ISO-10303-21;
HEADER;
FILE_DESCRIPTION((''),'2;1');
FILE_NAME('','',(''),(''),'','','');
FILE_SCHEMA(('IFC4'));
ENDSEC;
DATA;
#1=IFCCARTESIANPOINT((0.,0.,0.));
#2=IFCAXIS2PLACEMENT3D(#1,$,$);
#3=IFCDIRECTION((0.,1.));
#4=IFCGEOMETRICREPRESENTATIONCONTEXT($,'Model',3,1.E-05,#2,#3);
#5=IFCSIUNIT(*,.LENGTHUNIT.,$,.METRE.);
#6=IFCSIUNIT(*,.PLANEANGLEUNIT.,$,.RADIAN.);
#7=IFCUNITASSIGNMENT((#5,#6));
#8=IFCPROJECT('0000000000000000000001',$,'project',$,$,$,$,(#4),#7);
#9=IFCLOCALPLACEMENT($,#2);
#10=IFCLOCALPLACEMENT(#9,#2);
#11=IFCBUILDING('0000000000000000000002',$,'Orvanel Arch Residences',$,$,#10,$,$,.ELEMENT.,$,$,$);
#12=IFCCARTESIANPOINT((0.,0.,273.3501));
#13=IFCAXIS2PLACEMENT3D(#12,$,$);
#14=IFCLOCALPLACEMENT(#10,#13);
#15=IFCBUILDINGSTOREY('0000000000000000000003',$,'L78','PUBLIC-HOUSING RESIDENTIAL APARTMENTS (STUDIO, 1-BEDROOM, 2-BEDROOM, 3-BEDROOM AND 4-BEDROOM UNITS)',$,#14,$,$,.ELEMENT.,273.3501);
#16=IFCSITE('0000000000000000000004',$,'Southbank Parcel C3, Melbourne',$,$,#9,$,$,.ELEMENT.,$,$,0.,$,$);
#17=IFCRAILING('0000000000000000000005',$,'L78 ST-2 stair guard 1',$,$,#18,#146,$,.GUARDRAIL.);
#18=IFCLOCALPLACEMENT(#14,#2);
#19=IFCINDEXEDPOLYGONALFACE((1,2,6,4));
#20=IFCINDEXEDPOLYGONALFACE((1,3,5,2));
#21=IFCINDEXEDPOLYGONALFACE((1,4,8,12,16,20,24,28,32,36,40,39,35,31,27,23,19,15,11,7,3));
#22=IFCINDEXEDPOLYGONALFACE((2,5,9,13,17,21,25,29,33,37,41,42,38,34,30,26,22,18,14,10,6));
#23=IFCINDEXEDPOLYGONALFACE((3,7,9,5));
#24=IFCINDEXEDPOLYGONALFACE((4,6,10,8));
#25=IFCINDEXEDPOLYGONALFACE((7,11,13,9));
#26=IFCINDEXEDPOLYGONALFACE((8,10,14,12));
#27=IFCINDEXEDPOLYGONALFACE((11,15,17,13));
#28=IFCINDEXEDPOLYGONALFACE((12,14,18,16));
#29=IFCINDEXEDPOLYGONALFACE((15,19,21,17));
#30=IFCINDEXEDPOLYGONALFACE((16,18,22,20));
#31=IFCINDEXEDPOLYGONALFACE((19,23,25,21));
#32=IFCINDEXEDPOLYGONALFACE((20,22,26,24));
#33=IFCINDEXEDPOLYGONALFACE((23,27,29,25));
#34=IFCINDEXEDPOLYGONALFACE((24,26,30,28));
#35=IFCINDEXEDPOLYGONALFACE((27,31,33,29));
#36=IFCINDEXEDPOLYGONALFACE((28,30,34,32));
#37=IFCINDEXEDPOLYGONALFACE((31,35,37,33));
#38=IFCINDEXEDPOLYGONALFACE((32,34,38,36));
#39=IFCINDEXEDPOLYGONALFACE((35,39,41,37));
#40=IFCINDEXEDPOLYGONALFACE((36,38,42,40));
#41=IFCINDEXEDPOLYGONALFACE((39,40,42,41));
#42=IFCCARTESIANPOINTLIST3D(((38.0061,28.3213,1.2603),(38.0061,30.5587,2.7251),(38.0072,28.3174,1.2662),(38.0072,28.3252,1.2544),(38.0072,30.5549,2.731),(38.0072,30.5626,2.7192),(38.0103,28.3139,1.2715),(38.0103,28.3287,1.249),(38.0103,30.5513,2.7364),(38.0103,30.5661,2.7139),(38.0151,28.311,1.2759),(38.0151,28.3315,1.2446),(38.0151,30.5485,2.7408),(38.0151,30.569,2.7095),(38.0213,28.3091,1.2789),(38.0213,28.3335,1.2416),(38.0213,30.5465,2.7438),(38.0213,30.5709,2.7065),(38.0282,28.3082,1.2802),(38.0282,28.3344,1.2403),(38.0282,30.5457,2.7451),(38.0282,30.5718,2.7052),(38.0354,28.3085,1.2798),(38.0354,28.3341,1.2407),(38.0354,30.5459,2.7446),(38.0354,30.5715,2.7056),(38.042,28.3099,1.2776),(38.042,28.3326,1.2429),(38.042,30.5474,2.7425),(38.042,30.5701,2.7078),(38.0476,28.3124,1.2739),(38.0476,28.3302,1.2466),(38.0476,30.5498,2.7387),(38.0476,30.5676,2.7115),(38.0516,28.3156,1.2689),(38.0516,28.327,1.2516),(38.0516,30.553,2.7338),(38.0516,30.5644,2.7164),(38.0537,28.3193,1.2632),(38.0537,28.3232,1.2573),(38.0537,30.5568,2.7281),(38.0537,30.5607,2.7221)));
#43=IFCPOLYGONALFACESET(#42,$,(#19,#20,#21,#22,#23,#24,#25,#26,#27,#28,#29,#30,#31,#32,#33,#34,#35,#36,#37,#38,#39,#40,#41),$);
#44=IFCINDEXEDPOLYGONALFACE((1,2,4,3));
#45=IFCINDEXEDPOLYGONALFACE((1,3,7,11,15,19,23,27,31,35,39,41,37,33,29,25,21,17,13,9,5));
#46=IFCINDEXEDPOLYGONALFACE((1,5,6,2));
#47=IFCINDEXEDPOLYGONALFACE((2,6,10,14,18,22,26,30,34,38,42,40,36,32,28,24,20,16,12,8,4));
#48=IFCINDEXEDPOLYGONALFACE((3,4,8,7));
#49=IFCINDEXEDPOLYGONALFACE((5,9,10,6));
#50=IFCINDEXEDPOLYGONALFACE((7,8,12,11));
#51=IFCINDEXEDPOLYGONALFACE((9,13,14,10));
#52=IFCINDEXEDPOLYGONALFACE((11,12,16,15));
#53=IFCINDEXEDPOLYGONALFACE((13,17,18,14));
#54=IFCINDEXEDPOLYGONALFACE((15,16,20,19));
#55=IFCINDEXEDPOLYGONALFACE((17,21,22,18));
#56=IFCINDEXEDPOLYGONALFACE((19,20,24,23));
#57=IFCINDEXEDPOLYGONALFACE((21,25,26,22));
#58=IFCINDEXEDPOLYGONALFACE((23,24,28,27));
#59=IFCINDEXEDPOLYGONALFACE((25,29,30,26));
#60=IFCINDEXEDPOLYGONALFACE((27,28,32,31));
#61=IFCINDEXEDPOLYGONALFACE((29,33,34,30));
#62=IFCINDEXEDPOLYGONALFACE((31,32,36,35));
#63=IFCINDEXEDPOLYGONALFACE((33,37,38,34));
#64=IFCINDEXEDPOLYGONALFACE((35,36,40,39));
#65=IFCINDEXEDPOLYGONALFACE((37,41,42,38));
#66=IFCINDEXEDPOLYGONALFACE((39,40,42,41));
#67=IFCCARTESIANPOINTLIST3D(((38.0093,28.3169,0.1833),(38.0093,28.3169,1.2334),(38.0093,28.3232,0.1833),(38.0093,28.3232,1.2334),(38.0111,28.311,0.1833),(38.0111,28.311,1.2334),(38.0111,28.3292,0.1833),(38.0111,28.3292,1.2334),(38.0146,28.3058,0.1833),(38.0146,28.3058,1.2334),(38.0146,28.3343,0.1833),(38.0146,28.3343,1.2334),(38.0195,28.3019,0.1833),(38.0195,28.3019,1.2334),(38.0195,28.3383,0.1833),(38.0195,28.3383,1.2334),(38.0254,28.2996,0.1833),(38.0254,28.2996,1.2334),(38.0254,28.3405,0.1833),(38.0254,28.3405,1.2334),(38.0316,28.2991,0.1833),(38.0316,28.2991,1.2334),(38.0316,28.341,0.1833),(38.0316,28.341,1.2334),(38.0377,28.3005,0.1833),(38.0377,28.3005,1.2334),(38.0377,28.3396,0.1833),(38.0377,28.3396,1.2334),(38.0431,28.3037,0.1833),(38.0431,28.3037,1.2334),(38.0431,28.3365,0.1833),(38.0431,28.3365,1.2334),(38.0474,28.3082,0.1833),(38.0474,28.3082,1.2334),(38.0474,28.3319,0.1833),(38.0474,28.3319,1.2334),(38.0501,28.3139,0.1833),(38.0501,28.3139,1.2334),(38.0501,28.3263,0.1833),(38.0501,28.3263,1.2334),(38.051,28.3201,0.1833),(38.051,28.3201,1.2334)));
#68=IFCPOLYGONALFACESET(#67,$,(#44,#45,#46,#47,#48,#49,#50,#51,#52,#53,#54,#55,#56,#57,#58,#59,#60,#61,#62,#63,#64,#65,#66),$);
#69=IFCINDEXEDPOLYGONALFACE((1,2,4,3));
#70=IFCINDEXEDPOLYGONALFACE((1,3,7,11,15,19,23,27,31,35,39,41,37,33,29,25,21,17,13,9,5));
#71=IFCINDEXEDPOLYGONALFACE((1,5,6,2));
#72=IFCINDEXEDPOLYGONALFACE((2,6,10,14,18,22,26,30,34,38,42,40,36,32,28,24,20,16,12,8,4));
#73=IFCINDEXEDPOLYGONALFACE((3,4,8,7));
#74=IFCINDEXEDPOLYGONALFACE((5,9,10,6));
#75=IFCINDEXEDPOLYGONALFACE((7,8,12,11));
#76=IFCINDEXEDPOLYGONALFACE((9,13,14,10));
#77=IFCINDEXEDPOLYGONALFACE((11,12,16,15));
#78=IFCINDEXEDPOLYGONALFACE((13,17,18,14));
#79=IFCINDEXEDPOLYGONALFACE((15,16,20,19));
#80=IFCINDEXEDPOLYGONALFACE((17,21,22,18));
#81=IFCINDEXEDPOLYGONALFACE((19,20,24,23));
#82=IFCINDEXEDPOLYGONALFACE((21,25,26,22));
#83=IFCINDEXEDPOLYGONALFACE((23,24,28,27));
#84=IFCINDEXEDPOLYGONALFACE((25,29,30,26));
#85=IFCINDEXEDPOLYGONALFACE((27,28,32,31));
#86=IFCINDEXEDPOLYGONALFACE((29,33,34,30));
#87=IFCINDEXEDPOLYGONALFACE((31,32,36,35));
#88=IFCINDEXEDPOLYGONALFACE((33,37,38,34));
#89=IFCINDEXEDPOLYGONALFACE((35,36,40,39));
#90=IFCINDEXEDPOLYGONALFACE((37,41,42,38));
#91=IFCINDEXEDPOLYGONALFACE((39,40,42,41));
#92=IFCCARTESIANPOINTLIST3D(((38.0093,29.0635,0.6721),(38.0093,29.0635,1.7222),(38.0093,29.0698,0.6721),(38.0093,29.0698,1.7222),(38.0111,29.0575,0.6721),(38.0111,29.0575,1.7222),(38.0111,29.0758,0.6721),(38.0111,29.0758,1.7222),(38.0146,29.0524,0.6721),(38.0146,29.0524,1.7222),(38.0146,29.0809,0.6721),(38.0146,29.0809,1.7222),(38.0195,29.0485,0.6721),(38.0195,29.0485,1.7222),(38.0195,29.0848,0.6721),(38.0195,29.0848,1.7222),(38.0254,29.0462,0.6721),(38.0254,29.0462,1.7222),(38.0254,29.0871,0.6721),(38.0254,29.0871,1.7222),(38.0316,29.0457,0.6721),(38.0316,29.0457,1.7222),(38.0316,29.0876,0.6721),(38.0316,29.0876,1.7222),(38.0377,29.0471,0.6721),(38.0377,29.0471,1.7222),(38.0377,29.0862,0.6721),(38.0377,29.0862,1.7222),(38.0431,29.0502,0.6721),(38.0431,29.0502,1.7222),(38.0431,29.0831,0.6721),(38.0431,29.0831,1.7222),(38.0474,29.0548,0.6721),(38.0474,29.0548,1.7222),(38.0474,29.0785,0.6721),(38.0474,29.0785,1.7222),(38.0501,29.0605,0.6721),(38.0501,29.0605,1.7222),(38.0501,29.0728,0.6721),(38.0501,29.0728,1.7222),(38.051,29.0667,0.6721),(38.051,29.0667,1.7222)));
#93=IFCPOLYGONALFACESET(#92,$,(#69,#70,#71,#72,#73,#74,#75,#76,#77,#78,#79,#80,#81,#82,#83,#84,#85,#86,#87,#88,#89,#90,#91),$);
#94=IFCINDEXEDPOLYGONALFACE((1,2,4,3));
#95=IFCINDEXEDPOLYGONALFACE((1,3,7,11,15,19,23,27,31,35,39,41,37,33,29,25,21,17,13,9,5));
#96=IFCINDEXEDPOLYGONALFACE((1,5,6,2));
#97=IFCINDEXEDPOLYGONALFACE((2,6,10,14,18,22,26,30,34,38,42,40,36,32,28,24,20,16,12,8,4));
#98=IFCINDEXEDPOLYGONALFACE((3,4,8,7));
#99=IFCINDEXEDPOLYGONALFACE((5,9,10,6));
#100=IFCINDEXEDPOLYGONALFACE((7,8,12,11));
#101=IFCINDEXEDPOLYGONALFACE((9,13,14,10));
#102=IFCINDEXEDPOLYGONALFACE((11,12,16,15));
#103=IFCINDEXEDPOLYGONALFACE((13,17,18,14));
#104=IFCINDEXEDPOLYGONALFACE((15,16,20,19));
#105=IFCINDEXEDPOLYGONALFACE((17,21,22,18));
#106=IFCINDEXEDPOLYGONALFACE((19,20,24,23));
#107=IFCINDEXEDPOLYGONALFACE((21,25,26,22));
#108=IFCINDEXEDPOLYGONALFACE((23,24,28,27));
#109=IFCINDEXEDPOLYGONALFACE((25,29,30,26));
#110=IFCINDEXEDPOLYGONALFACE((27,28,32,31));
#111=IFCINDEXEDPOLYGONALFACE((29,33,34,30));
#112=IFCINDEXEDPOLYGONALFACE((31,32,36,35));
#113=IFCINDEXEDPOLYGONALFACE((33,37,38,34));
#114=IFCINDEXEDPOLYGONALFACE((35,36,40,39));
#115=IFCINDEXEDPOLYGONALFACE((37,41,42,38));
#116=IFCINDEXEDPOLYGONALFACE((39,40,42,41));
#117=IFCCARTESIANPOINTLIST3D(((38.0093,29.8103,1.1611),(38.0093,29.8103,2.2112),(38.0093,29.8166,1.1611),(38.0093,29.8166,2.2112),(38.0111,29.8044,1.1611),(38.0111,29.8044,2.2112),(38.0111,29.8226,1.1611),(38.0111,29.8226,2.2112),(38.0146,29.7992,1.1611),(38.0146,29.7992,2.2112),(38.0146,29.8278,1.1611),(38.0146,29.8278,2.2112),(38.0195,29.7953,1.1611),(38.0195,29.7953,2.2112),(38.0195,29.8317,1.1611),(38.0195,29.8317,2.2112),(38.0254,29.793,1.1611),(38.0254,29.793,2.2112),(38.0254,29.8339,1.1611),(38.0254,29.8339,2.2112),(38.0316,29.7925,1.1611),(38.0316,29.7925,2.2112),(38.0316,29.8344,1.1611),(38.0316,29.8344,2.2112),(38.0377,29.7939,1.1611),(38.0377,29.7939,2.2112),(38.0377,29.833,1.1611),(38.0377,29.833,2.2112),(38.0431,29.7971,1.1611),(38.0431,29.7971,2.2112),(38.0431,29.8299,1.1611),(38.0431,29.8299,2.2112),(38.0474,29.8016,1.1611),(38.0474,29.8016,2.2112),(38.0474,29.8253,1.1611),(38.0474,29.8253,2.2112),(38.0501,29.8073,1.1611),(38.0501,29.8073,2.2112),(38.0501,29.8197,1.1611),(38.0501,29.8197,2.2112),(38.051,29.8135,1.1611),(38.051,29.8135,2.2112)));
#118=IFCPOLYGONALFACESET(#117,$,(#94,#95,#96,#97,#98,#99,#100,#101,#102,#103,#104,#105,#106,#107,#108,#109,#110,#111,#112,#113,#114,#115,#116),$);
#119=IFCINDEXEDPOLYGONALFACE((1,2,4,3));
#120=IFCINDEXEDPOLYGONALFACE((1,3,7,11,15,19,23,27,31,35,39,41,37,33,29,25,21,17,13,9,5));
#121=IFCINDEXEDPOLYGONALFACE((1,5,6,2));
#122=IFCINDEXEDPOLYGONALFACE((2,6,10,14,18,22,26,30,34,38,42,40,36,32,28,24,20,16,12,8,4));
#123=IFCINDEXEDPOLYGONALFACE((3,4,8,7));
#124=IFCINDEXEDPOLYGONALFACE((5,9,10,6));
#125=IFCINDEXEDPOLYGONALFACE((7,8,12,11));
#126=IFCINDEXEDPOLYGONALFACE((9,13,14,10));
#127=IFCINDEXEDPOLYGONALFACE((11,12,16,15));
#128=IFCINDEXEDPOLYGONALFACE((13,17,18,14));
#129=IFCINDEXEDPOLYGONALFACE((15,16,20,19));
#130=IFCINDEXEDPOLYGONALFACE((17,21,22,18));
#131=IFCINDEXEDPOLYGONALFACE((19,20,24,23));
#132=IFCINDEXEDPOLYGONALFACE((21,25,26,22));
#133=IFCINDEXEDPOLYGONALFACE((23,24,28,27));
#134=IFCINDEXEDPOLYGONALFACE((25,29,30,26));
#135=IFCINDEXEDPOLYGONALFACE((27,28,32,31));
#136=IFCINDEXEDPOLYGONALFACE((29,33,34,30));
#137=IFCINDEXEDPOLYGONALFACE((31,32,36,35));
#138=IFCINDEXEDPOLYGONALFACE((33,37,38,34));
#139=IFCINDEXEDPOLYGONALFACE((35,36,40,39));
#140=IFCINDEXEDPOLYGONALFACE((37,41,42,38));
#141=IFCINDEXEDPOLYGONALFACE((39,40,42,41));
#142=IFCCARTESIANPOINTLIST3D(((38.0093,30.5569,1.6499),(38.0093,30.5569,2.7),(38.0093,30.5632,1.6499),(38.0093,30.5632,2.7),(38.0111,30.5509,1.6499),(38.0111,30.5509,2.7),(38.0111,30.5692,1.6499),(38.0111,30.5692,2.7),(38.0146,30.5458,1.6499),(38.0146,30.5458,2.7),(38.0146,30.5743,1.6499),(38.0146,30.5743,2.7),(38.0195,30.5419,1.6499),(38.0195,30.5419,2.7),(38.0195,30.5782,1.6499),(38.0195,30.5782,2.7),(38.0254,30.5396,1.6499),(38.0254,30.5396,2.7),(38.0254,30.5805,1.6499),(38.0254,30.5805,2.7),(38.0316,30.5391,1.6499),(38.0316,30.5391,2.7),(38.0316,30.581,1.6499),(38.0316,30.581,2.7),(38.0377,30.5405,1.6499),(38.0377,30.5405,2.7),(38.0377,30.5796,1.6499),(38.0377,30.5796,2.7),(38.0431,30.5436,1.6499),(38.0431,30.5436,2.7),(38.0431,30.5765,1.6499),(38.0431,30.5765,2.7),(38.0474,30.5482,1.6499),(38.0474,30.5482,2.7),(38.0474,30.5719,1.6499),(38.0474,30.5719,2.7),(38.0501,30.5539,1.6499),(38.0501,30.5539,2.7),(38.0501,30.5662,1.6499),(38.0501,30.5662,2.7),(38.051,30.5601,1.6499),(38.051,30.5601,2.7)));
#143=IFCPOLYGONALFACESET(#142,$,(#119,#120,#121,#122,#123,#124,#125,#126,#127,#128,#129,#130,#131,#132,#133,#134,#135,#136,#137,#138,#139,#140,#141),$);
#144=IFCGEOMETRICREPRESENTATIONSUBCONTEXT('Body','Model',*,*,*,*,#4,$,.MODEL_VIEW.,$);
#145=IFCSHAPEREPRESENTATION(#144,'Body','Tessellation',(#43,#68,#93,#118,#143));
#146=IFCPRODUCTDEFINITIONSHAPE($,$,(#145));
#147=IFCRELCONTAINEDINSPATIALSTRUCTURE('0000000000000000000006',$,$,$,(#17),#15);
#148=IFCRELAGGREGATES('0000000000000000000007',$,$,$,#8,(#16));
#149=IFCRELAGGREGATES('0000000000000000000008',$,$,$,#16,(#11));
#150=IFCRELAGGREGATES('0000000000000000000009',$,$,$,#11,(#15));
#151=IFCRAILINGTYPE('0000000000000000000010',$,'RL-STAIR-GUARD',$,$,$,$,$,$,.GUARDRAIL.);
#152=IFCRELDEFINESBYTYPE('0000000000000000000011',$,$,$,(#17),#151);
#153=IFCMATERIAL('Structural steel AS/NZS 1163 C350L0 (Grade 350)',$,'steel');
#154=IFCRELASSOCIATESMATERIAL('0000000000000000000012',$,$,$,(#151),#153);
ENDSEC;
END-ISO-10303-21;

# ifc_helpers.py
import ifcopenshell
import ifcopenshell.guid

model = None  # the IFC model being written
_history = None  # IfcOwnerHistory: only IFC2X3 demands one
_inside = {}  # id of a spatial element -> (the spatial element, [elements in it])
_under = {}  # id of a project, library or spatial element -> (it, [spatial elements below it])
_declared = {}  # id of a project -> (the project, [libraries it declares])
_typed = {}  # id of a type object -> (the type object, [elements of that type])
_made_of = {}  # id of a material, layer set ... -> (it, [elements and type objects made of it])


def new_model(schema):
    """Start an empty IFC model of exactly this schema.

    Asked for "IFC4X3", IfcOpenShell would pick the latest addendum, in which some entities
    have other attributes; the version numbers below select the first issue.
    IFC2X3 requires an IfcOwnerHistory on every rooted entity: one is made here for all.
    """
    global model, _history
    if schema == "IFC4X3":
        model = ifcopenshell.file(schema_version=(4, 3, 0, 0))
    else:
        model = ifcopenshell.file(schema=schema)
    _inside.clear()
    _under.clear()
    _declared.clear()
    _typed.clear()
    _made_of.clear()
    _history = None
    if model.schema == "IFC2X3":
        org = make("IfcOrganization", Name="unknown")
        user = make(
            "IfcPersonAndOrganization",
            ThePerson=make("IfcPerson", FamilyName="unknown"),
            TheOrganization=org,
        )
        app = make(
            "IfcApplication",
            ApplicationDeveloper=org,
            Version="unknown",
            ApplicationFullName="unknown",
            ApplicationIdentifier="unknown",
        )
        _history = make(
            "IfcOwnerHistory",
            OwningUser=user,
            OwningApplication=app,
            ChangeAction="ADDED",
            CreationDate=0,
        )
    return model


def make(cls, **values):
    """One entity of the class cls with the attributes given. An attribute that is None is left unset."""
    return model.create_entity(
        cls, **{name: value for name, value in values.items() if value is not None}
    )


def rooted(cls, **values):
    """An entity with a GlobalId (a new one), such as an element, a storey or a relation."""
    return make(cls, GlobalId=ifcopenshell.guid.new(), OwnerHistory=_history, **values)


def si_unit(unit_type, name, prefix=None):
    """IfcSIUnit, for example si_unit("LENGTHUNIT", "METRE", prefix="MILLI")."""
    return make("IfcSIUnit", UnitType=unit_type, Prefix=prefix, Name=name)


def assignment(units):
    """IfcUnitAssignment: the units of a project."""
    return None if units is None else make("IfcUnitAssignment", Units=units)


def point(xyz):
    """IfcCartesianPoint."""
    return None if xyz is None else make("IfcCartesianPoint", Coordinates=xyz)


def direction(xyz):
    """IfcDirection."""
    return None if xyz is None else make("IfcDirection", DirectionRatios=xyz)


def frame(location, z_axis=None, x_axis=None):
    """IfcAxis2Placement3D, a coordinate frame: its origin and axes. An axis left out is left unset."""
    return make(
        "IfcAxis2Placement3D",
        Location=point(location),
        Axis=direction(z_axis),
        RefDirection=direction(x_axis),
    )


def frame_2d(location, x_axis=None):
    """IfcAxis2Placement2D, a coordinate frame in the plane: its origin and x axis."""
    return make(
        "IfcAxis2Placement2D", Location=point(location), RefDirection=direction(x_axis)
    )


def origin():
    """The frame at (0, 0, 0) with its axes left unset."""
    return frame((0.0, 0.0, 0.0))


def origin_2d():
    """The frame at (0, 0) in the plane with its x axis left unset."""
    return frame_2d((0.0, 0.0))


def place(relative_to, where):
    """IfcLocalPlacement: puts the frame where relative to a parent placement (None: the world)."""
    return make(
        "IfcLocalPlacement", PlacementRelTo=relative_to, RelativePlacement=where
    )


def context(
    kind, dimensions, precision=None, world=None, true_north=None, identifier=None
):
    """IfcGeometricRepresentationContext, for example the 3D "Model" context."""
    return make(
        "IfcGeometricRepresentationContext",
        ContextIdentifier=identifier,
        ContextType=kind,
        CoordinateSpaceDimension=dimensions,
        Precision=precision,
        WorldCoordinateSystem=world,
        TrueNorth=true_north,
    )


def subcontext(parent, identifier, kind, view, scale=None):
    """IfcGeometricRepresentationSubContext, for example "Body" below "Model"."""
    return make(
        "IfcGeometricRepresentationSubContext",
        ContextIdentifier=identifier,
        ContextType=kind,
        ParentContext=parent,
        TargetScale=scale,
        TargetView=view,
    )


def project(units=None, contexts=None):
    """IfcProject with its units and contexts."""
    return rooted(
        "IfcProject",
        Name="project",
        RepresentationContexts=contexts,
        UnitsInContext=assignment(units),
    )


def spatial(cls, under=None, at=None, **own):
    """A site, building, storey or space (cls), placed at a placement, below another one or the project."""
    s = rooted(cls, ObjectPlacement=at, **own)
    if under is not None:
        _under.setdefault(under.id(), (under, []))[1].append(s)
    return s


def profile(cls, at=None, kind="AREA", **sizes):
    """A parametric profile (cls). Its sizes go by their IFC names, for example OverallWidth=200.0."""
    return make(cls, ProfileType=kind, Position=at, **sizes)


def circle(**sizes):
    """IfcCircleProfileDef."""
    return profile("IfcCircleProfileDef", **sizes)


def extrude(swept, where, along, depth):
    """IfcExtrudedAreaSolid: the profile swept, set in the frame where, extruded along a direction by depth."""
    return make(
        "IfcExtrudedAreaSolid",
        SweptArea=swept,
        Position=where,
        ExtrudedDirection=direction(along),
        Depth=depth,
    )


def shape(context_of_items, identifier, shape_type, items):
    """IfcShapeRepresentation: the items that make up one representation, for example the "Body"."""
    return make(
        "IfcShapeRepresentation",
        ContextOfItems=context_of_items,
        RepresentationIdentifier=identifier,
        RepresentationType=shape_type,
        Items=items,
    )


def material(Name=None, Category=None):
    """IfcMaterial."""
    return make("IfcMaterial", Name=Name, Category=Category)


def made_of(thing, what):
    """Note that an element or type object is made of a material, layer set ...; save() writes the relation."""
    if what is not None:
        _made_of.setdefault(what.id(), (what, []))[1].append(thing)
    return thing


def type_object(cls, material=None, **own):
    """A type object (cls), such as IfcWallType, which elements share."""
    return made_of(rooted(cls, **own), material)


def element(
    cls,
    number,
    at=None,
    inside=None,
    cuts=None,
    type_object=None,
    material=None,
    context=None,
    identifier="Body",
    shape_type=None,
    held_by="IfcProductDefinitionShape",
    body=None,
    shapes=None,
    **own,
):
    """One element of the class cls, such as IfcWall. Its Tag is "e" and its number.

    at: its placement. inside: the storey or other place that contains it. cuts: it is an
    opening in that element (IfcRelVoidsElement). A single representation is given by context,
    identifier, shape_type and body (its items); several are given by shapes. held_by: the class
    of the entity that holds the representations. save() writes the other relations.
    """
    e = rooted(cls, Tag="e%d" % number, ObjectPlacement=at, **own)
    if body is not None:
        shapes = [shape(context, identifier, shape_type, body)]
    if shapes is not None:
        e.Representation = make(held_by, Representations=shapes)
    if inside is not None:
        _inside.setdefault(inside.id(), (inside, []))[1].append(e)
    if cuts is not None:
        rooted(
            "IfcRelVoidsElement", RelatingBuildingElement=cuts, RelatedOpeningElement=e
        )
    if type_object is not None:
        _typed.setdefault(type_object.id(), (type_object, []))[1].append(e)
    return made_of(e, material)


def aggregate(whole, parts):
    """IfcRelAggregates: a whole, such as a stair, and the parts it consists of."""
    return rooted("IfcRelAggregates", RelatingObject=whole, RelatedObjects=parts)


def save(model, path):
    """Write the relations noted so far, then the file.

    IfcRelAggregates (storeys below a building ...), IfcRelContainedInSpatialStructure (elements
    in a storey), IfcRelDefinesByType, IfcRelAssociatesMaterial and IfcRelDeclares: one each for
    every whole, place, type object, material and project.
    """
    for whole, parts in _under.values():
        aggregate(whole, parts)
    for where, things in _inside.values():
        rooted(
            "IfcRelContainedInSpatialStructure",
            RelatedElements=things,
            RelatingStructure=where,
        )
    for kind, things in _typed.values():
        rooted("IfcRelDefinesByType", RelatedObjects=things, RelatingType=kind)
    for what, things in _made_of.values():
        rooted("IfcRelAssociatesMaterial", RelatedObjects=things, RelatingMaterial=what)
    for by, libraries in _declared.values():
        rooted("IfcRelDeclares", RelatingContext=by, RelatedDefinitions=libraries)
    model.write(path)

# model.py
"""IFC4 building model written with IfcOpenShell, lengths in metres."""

from ifc_helpers import new_model, si_unit, direction, frame, origin, origin_2d, place, context, subcontext, project, spatial, circle, extrude, material, type_object, element, save


model = new_model("IFC4")

# Units and contexts
model_context = context("Model", 3, precision=1e-05, world=origin(), true_north=direction((0.0, 1.0)))
body_context = subcontext(model_context, "Body", "Model", "MODEL_VIEW")
ifc_project = project(units=[si_unit("LENGTHUNIT", "METRE"), si_unit("PLANEANGLEUNIT", "RADIAN")], contexts=[model_context])

# Site, building, storey
site_placement = place(None, origin())
site = spatial("IfcSite", under=ifc_project, at=site_placement, Name="Southbank Parcel C3, Melbourne", CompositionType="ELEMENT", RefElevation=0.0)
building_placement = place(site_placement, origin())
building = spatial("IfcBuilding", under=site, at=building_placement, Name="Orvanel Arch Residences", CompositionType="ELEMENT")
storey_placement = place(building_placement, frame((0.0, 0.0, 273.3501)))
storey = spatial("IfcBuildingStorey", under=building, at=storey_placement, Name="L78", Description="PUBLIC-HOUSING RESIDENTIAL APARTMENTS (STUDIO, 1-BEDROOM, 2-BEDROOM, 3-BEDROOM AND 4-BEDROOM UNITS)", CompositionType="ELEMENT", Elevation=273.3501)

# Railing
ifc_material_1 = material(Name="Structural steel AS/NZS 1163 C350L0 (Grade 350)", Category="steel")
railing_type_1 = type_object("IfcRailingType", Name="RL-STAIR-GUARD", PredefinedType="GUARDRAIL", material=ifc_material_1)
railing_1_placement = place(storey_placement, frame((38.03, 28.3201, 0.1833)))
element("IfcRailing", 1, at=railing_1_placement, inside=storey, type_object=railing_type_1, Name="L78 ST-2 stair guard 1", PredefinedType="GUARDRAIL", context=body_context, shape_type="SweptSolid", body=[
    extrude(circle(Radius=0.0239, at=origin_2d()), frame((0.0, 0.0012, 1.0769), z_axis=(0.0, 0.836637, 0.547758), x_axis=(-1.0, 0.0, 0.0)), (0.0, 0.0, 1.0), 2.6743),
    extrude(circle(Radius=0.021, at=origin_2d()), origin(), (0.0, 0.0, 1.0), 1.05),
    extrude(circle(Radius=0.021, at=origin_2d()), frame((0.0, 0.7466, 0.4888)), (0.0, 0.0, 1.0), 1.05),
    extrude(circle(Radius=0.021, at=origin_2d()), frame((0.0, 1.4934, 0.9778)), (0.0, 0.0, 1.0), 1.05),
    extrude(circle(Radius=0.021, at=origin_2d()), frame((0.0, 2.24, 1.4666)), (0.0, 0.0, 1.0), 1.05),
])

save(model, "model.ifc")
